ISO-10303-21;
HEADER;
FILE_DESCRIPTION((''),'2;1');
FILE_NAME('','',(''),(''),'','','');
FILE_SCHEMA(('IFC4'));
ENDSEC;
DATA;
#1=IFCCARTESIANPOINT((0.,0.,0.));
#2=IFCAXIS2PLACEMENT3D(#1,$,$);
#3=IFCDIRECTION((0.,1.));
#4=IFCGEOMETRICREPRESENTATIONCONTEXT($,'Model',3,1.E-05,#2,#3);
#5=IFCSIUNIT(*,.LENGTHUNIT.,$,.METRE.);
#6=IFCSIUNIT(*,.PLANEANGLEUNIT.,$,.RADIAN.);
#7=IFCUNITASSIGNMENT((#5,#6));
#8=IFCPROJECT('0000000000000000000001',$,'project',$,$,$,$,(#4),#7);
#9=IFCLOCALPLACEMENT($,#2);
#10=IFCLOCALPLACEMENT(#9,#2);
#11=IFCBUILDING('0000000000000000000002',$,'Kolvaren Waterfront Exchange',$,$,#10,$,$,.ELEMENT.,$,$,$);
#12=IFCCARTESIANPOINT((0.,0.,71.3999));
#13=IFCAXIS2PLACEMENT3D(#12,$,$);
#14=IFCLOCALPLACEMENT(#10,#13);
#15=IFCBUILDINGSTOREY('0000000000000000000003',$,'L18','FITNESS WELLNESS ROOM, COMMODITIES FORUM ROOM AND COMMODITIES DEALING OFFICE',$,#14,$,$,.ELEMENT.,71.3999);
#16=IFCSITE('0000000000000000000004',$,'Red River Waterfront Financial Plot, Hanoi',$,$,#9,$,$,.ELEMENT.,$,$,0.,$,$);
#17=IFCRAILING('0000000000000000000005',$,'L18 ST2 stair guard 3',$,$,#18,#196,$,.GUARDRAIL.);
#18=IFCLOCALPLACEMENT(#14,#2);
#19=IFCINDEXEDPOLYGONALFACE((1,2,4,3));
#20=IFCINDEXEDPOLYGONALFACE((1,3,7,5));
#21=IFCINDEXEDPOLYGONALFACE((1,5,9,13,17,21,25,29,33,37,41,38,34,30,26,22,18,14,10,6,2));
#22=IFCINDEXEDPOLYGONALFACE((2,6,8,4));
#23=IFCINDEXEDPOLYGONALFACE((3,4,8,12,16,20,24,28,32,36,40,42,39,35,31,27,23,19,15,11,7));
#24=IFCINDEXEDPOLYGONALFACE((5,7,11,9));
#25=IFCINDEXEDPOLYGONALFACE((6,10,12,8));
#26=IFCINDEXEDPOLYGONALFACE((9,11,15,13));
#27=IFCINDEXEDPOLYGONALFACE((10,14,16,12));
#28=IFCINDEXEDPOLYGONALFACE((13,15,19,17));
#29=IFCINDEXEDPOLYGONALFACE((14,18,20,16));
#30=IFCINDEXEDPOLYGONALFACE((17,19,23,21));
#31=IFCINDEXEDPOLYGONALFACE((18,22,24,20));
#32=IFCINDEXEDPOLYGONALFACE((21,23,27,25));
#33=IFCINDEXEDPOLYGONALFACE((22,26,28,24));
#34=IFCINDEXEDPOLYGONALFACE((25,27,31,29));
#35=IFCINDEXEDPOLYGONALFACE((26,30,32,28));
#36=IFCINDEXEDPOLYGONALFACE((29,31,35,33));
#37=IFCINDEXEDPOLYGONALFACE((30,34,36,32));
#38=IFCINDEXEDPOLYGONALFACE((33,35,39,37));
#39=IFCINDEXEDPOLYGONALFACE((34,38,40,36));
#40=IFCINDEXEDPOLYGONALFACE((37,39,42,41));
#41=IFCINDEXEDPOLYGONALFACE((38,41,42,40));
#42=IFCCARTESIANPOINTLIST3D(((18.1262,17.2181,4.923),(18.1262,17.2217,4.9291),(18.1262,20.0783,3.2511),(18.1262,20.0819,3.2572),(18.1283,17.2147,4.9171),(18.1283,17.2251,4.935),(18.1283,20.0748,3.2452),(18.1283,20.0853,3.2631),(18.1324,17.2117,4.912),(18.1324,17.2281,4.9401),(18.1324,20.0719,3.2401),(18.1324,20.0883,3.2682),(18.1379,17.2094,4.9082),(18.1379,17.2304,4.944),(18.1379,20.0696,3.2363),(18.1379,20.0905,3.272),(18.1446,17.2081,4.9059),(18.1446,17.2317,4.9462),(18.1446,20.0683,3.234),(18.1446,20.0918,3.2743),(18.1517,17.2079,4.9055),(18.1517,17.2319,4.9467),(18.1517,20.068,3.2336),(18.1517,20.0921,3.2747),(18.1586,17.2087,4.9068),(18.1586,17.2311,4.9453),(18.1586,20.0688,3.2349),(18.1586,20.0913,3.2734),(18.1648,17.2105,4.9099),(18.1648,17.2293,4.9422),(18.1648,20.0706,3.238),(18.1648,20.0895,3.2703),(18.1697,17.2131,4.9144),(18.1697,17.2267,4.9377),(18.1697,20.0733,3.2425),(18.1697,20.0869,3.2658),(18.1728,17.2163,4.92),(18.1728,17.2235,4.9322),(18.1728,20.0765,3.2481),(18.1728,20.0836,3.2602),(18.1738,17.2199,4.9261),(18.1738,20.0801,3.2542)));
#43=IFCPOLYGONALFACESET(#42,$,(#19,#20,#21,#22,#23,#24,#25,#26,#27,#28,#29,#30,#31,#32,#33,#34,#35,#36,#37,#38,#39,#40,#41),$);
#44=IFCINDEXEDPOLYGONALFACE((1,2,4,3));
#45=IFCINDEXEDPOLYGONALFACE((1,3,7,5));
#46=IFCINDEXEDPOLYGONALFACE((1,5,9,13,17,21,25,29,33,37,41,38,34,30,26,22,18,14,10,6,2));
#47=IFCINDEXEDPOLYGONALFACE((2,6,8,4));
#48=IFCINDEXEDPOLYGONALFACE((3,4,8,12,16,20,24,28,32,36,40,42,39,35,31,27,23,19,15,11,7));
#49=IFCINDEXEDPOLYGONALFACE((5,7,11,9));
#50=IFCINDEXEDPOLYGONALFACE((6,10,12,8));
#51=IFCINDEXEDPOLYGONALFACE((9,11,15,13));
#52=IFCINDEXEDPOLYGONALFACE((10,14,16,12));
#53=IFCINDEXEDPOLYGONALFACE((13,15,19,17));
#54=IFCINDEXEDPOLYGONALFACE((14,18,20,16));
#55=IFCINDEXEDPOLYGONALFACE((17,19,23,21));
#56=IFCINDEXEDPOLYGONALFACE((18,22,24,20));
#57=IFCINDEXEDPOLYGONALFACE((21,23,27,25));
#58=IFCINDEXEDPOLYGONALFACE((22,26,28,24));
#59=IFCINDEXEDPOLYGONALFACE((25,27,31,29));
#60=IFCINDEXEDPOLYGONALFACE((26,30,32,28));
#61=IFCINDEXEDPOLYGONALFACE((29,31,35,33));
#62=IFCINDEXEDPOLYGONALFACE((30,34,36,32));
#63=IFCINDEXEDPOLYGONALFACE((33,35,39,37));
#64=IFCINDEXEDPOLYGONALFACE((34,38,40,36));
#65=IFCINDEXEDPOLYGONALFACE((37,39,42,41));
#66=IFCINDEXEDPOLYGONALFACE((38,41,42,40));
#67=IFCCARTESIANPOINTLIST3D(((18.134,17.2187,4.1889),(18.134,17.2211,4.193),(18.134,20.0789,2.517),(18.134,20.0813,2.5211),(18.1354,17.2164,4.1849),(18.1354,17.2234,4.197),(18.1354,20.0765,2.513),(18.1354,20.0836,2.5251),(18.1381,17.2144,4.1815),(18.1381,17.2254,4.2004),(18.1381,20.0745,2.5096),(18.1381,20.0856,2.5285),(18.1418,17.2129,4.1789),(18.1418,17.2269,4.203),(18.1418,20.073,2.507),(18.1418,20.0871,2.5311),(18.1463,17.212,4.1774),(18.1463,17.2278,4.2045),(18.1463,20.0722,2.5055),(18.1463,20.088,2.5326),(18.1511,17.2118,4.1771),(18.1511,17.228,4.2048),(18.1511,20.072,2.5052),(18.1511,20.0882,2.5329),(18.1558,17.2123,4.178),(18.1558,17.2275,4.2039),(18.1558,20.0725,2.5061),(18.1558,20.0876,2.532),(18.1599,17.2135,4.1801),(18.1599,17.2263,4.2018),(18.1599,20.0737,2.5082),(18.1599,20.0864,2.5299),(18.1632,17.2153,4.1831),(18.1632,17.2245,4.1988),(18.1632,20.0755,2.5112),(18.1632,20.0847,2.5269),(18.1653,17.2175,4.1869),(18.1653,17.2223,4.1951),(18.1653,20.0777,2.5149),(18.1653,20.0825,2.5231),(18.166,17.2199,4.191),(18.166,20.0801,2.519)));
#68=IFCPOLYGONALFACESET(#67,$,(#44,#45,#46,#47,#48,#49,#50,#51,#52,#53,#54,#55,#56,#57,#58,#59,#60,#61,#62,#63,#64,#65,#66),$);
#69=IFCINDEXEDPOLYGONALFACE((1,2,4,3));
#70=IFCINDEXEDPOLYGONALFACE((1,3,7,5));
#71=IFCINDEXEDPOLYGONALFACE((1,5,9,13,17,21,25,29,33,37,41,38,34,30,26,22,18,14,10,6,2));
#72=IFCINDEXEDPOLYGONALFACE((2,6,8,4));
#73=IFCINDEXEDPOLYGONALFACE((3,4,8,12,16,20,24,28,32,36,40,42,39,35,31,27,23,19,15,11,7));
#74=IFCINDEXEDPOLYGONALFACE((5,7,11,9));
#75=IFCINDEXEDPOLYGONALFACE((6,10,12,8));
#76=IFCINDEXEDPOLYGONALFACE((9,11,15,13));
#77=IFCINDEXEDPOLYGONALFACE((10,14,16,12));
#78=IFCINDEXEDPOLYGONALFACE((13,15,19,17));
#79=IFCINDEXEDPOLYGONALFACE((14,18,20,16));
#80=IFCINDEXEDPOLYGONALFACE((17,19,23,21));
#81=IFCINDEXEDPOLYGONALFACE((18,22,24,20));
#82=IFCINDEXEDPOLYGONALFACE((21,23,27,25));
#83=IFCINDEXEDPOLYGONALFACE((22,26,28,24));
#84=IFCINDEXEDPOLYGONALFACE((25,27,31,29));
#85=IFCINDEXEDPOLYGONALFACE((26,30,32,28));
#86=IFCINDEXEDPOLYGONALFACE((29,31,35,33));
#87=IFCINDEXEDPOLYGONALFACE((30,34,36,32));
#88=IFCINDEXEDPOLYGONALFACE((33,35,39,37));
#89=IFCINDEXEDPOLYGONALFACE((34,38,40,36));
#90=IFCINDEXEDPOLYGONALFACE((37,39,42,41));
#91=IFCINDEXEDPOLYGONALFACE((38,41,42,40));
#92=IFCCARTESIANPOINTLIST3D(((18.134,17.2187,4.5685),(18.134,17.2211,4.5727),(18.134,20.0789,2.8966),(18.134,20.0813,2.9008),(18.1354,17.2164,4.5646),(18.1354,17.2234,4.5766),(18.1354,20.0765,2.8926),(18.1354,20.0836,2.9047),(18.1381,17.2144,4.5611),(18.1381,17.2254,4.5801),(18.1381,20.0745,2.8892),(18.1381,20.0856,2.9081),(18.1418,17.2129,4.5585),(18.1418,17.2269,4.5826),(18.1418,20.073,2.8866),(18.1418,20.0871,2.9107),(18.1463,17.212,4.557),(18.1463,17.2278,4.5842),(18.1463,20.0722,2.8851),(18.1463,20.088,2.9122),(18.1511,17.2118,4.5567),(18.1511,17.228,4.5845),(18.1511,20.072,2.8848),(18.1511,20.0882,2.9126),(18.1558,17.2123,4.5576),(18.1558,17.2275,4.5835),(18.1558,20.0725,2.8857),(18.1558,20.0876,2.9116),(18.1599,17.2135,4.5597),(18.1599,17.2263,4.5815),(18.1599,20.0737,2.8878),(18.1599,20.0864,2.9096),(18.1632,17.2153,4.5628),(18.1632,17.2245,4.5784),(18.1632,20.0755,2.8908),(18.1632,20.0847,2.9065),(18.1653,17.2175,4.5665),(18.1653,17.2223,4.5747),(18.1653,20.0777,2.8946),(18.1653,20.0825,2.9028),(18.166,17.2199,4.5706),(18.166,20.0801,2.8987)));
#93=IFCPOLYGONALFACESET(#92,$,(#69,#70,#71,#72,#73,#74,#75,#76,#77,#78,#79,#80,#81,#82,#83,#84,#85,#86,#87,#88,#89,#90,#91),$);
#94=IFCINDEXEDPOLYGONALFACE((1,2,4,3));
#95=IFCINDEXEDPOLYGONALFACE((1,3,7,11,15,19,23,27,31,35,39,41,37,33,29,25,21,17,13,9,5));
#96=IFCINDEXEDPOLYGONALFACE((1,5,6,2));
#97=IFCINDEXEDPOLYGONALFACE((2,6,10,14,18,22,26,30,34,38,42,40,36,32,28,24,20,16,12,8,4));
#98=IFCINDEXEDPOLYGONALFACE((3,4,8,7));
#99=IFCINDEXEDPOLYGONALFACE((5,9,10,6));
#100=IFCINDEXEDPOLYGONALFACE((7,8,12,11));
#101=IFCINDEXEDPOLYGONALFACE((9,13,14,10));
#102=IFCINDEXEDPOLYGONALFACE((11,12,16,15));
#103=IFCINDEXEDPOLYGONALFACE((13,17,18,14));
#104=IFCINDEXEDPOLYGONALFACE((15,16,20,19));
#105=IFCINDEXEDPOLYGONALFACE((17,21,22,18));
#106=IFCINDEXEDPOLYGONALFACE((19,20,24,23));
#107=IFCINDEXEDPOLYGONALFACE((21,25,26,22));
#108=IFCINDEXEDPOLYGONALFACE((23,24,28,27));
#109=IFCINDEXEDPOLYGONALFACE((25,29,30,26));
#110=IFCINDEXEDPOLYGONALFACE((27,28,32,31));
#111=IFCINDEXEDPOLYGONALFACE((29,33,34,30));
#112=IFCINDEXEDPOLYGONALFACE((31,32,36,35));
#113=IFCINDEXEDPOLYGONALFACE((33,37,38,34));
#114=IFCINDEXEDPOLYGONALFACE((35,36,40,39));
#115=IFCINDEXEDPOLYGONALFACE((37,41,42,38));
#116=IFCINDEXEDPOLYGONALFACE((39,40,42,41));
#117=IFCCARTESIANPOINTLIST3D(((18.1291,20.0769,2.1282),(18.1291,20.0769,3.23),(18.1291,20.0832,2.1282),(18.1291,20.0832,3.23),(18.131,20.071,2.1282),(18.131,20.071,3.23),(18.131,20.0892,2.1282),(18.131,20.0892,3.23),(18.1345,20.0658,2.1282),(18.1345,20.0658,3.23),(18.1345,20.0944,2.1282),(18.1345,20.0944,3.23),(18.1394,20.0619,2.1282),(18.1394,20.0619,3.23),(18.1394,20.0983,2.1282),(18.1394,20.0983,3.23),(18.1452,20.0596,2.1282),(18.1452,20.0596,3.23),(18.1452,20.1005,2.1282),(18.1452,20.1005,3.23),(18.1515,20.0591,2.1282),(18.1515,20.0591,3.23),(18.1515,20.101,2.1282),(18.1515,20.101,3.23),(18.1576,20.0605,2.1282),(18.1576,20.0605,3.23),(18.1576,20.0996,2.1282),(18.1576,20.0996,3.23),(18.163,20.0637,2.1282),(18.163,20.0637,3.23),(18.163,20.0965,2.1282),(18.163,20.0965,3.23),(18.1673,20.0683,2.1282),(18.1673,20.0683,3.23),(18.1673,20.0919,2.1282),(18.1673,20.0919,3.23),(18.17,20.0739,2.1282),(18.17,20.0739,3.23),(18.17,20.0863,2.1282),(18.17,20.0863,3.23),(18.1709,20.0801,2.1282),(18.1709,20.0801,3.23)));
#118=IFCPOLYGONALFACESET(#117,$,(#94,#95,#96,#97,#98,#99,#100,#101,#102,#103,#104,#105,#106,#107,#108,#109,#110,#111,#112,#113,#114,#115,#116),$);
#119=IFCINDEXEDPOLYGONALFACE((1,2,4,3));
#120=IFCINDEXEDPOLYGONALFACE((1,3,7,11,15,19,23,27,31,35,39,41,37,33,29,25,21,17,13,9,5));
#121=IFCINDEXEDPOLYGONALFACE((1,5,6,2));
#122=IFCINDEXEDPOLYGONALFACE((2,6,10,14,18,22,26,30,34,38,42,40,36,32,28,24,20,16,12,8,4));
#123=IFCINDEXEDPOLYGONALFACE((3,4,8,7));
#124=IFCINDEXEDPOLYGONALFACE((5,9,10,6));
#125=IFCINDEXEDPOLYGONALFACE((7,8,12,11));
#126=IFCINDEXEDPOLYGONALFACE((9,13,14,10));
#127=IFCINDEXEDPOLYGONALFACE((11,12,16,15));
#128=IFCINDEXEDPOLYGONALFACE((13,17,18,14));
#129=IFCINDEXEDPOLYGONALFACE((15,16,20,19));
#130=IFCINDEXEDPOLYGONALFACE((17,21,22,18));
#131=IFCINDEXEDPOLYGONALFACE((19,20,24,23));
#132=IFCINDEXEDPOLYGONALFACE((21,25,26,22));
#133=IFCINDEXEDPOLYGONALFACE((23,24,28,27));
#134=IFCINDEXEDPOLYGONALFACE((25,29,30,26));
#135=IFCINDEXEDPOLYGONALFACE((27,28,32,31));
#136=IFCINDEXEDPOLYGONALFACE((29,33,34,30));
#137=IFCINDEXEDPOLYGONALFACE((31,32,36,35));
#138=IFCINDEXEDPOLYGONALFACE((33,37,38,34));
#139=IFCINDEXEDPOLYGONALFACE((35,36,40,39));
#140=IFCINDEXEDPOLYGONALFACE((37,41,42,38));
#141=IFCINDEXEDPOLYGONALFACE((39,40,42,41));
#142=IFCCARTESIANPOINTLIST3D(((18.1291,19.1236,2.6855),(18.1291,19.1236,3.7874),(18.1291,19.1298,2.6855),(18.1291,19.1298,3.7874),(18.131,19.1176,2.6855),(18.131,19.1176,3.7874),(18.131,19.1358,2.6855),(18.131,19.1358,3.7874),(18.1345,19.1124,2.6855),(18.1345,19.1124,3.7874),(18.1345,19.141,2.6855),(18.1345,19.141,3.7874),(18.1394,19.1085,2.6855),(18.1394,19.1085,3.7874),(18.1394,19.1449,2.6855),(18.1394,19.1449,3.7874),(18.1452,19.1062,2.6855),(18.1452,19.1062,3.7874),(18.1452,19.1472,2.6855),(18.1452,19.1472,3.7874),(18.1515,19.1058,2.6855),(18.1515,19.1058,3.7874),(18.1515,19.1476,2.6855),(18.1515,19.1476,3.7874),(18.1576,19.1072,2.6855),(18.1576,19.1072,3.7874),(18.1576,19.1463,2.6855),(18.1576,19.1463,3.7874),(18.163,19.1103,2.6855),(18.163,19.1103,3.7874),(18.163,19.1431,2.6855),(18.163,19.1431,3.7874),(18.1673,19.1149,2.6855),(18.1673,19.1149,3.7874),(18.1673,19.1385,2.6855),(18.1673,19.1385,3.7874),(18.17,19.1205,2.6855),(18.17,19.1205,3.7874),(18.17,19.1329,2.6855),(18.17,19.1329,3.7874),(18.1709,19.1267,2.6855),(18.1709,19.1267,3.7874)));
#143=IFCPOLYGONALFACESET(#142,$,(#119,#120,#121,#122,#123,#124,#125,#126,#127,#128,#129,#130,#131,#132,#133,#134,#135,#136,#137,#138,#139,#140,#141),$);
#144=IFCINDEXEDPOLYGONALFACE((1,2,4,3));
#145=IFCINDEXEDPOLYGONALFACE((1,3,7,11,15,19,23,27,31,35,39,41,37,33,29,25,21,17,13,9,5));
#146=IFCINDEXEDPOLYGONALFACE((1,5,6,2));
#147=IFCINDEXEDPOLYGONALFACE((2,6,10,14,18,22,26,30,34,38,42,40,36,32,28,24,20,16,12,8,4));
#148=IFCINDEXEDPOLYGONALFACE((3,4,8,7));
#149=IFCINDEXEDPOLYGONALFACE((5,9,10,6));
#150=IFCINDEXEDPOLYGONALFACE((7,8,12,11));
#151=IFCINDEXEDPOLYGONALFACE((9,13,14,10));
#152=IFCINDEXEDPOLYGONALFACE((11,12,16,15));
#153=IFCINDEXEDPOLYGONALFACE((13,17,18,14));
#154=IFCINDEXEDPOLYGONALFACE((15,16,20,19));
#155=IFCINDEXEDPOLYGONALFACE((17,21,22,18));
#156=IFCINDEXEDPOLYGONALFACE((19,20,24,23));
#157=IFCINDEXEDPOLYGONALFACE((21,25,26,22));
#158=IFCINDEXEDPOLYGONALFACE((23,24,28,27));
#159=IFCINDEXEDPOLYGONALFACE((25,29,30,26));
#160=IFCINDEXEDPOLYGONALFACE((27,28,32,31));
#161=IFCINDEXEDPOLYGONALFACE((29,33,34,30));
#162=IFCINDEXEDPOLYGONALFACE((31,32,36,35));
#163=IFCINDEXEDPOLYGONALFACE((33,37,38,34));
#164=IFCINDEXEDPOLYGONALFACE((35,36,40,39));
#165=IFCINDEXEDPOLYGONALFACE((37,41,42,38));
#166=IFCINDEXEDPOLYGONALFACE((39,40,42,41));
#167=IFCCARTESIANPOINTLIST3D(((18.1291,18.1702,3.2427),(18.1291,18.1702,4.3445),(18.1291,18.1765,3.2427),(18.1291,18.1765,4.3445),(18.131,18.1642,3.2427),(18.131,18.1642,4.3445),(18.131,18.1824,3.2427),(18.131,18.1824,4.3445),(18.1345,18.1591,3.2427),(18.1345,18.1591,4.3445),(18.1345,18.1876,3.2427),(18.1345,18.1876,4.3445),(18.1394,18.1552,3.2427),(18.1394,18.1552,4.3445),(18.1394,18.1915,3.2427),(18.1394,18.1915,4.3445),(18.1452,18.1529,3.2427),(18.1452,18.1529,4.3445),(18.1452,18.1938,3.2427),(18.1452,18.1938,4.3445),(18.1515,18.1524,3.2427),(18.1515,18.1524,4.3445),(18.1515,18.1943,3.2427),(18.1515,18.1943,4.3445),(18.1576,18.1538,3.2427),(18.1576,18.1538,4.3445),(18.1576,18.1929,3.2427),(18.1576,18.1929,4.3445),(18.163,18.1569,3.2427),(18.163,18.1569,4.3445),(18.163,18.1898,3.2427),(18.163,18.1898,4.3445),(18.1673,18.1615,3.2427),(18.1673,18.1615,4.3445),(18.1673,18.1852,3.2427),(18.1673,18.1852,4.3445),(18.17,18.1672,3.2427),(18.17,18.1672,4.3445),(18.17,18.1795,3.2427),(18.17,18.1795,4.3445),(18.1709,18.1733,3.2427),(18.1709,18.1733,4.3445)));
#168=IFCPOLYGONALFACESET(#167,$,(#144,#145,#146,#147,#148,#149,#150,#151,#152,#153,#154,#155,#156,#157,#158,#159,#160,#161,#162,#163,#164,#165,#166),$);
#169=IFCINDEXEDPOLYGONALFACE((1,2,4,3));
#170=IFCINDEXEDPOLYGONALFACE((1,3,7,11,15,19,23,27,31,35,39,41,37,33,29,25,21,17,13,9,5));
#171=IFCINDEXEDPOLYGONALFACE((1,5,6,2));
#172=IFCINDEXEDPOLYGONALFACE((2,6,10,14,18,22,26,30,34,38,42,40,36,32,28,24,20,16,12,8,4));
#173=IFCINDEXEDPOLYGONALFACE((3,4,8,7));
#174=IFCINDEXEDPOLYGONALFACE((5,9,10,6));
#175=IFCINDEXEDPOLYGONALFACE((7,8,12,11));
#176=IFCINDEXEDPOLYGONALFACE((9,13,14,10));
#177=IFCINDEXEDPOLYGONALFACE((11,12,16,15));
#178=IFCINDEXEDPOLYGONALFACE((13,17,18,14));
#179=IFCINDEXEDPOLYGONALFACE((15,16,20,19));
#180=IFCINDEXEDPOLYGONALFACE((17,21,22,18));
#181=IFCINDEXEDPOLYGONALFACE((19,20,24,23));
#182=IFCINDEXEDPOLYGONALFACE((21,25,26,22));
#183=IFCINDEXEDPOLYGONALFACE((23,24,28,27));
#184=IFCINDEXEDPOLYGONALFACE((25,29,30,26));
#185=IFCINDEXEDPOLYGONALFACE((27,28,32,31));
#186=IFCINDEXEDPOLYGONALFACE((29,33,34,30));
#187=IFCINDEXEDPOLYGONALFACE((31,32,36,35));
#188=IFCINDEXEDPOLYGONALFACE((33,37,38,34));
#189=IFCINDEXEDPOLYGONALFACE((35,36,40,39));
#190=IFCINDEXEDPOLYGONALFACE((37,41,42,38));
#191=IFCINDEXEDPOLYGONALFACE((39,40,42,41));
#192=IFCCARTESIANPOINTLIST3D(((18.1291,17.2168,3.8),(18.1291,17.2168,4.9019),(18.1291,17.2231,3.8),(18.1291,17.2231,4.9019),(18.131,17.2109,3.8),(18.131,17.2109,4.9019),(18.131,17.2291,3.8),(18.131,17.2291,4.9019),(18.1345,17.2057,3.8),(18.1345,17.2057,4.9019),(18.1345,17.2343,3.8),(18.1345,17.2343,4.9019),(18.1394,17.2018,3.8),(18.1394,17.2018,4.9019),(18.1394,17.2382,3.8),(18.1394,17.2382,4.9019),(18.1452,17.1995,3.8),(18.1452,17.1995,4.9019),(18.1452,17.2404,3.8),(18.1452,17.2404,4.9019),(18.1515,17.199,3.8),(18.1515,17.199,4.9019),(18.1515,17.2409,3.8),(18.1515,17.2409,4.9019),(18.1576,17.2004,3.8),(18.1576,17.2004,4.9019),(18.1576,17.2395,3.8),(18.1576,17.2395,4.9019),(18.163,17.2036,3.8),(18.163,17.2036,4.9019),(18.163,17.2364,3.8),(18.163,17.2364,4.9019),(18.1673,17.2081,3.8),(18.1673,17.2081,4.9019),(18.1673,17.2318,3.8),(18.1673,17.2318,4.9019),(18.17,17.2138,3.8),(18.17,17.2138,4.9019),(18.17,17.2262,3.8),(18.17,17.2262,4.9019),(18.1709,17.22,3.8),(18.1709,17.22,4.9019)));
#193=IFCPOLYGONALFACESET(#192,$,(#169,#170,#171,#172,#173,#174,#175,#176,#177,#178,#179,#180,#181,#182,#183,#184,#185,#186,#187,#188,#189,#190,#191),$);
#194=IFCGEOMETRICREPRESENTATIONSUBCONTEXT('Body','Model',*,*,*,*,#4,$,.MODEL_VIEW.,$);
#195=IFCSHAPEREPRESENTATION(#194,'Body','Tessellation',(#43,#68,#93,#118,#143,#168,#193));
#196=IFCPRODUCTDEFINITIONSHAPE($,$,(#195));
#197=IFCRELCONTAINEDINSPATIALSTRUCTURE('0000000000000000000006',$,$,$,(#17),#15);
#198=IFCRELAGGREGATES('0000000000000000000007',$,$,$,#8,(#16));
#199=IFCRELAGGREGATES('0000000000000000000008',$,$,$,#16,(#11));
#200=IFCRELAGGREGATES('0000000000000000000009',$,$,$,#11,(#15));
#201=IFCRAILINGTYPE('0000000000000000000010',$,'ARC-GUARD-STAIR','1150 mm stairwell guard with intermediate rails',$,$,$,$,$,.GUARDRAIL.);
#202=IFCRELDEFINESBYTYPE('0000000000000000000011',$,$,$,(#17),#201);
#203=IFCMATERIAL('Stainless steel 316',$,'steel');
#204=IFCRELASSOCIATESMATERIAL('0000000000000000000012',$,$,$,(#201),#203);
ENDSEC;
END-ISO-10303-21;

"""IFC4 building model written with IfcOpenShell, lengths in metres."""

from ifc_helpers import new_model, si_unit, direction, frame, origin, origin_2d, place, context, subcontext, project, spatial, circle, extrude, material, type_object, element, save


model = new_model("IFC4")

# Units and contexts
model_context = context("Model", 3, precision=1e-05, world=origin(), true_north=direction((0.0, 1.0)))
body_context = subcontext(model_context, "Body", "Model", "MODEL_VIEW")
ifc_project = project(units=[si_unit("LENGTHUNIT", "METRE"), si_unit("PLANEANGLEUNIT", "RADIAN")], contexts=[model_context])

# Site, building, storey
site_placement = place(None, origin())
site = spatial("IfcSite", under=ifc_project, at=site_placement, Name="Red River Waterfront Financial Plot, Hanoi", CompositionType="ELEMENT", RefElevation=0.0)
building_placement = place(site_placement, origin())
building = spatial("IfcBuilding", under=site, at=building_placement, Name="Kolvaren Waterfront Exchange", CompositionType="ELEMENT")
storey_placement = place(building_placement, frame((0.0, 0.0, 71.3999)))
storey = spatial("IfcBuildingStorey", under=building, at=storey_placement, Name="L18", Description="FITNESS WELLNESS ROOM, COMMODITIES FORUM ROOM AND COMMODITIES DEALING OFFICE", CompositionType="ELEMENT", Elevation=71.3999)

# Railing
ifc_material_1 = material(Name="Stainless steel 316", Category="steel")
railing_type_1 = type_object("IfcRailingType", Name="ARC-GUARD-STAIR", Description="1150 mm stairwell guard with intermediate rails", PredefinedType="GUARDRAIL", material=ifc_material_1)
railing_1_placement = place(storey_placement, frame((18.1499, 20.0801, 2.1282)))
element("IfcRailing", 1, at=railing_1_placement, inside=storey, type_object=railing_type_1, Name="L18 ST2 stair guard 3", PredefinedType="GUARDRAIL", context=body_context, shape_type="SweptSolid", body=[
    extrude(circle(Radius=0.0239, at=origin_2d()), frame((0.0, 0.0, 1.126), z_axis=(0.0, -0.863321, 0.504654), x_axis=(1.0, 0.0, 0.0)), (0.0, 0.0, 1.0), 3.313),
    extrude(circle(Radius=0.0161, at=origin_2d()), frame((0.0, 0.0, 0.3909), z_axis=(0.0, -0.863321, 0.504654), x_axis=(1.0, 0.0, 0.0)), (0.0, 0.0, 1.0), 3.313),
    extrude(circle(Radius=0.0161, at=origin_2d()), frame((0.0, 0.0, 0.7705), z_axis=(0.0, -0.863321, 0.504654), x_axis=(1.0, 0.0, 0.0)), (0.0, 0.0, 1.0), 3.313),
    extrude(circle(Radius=0.021, at=origin_2d()), origin(), (0.0, 0.0, 1.0), 1.1018),
    extrude(circle(Radius=0.021, at=origin_2d()), frame((0.0, -0.9534, 0.5574)), (0.0, 0.0, 1.0), 1.1018),
    extrude(circle(Radius=0.021, at=origin_2d()), frame((0.0, -1.9067, 1.1145)), (0.0, 0.0, 1.0), 1.1018),
    extrude(circle(Radius=0.021, at=origin_2d()), frame((0.0, -2.8601, 1.6719)), (0.0, 0.0, 1.0), 1.1018),
])

save(model, "model.ifc")
